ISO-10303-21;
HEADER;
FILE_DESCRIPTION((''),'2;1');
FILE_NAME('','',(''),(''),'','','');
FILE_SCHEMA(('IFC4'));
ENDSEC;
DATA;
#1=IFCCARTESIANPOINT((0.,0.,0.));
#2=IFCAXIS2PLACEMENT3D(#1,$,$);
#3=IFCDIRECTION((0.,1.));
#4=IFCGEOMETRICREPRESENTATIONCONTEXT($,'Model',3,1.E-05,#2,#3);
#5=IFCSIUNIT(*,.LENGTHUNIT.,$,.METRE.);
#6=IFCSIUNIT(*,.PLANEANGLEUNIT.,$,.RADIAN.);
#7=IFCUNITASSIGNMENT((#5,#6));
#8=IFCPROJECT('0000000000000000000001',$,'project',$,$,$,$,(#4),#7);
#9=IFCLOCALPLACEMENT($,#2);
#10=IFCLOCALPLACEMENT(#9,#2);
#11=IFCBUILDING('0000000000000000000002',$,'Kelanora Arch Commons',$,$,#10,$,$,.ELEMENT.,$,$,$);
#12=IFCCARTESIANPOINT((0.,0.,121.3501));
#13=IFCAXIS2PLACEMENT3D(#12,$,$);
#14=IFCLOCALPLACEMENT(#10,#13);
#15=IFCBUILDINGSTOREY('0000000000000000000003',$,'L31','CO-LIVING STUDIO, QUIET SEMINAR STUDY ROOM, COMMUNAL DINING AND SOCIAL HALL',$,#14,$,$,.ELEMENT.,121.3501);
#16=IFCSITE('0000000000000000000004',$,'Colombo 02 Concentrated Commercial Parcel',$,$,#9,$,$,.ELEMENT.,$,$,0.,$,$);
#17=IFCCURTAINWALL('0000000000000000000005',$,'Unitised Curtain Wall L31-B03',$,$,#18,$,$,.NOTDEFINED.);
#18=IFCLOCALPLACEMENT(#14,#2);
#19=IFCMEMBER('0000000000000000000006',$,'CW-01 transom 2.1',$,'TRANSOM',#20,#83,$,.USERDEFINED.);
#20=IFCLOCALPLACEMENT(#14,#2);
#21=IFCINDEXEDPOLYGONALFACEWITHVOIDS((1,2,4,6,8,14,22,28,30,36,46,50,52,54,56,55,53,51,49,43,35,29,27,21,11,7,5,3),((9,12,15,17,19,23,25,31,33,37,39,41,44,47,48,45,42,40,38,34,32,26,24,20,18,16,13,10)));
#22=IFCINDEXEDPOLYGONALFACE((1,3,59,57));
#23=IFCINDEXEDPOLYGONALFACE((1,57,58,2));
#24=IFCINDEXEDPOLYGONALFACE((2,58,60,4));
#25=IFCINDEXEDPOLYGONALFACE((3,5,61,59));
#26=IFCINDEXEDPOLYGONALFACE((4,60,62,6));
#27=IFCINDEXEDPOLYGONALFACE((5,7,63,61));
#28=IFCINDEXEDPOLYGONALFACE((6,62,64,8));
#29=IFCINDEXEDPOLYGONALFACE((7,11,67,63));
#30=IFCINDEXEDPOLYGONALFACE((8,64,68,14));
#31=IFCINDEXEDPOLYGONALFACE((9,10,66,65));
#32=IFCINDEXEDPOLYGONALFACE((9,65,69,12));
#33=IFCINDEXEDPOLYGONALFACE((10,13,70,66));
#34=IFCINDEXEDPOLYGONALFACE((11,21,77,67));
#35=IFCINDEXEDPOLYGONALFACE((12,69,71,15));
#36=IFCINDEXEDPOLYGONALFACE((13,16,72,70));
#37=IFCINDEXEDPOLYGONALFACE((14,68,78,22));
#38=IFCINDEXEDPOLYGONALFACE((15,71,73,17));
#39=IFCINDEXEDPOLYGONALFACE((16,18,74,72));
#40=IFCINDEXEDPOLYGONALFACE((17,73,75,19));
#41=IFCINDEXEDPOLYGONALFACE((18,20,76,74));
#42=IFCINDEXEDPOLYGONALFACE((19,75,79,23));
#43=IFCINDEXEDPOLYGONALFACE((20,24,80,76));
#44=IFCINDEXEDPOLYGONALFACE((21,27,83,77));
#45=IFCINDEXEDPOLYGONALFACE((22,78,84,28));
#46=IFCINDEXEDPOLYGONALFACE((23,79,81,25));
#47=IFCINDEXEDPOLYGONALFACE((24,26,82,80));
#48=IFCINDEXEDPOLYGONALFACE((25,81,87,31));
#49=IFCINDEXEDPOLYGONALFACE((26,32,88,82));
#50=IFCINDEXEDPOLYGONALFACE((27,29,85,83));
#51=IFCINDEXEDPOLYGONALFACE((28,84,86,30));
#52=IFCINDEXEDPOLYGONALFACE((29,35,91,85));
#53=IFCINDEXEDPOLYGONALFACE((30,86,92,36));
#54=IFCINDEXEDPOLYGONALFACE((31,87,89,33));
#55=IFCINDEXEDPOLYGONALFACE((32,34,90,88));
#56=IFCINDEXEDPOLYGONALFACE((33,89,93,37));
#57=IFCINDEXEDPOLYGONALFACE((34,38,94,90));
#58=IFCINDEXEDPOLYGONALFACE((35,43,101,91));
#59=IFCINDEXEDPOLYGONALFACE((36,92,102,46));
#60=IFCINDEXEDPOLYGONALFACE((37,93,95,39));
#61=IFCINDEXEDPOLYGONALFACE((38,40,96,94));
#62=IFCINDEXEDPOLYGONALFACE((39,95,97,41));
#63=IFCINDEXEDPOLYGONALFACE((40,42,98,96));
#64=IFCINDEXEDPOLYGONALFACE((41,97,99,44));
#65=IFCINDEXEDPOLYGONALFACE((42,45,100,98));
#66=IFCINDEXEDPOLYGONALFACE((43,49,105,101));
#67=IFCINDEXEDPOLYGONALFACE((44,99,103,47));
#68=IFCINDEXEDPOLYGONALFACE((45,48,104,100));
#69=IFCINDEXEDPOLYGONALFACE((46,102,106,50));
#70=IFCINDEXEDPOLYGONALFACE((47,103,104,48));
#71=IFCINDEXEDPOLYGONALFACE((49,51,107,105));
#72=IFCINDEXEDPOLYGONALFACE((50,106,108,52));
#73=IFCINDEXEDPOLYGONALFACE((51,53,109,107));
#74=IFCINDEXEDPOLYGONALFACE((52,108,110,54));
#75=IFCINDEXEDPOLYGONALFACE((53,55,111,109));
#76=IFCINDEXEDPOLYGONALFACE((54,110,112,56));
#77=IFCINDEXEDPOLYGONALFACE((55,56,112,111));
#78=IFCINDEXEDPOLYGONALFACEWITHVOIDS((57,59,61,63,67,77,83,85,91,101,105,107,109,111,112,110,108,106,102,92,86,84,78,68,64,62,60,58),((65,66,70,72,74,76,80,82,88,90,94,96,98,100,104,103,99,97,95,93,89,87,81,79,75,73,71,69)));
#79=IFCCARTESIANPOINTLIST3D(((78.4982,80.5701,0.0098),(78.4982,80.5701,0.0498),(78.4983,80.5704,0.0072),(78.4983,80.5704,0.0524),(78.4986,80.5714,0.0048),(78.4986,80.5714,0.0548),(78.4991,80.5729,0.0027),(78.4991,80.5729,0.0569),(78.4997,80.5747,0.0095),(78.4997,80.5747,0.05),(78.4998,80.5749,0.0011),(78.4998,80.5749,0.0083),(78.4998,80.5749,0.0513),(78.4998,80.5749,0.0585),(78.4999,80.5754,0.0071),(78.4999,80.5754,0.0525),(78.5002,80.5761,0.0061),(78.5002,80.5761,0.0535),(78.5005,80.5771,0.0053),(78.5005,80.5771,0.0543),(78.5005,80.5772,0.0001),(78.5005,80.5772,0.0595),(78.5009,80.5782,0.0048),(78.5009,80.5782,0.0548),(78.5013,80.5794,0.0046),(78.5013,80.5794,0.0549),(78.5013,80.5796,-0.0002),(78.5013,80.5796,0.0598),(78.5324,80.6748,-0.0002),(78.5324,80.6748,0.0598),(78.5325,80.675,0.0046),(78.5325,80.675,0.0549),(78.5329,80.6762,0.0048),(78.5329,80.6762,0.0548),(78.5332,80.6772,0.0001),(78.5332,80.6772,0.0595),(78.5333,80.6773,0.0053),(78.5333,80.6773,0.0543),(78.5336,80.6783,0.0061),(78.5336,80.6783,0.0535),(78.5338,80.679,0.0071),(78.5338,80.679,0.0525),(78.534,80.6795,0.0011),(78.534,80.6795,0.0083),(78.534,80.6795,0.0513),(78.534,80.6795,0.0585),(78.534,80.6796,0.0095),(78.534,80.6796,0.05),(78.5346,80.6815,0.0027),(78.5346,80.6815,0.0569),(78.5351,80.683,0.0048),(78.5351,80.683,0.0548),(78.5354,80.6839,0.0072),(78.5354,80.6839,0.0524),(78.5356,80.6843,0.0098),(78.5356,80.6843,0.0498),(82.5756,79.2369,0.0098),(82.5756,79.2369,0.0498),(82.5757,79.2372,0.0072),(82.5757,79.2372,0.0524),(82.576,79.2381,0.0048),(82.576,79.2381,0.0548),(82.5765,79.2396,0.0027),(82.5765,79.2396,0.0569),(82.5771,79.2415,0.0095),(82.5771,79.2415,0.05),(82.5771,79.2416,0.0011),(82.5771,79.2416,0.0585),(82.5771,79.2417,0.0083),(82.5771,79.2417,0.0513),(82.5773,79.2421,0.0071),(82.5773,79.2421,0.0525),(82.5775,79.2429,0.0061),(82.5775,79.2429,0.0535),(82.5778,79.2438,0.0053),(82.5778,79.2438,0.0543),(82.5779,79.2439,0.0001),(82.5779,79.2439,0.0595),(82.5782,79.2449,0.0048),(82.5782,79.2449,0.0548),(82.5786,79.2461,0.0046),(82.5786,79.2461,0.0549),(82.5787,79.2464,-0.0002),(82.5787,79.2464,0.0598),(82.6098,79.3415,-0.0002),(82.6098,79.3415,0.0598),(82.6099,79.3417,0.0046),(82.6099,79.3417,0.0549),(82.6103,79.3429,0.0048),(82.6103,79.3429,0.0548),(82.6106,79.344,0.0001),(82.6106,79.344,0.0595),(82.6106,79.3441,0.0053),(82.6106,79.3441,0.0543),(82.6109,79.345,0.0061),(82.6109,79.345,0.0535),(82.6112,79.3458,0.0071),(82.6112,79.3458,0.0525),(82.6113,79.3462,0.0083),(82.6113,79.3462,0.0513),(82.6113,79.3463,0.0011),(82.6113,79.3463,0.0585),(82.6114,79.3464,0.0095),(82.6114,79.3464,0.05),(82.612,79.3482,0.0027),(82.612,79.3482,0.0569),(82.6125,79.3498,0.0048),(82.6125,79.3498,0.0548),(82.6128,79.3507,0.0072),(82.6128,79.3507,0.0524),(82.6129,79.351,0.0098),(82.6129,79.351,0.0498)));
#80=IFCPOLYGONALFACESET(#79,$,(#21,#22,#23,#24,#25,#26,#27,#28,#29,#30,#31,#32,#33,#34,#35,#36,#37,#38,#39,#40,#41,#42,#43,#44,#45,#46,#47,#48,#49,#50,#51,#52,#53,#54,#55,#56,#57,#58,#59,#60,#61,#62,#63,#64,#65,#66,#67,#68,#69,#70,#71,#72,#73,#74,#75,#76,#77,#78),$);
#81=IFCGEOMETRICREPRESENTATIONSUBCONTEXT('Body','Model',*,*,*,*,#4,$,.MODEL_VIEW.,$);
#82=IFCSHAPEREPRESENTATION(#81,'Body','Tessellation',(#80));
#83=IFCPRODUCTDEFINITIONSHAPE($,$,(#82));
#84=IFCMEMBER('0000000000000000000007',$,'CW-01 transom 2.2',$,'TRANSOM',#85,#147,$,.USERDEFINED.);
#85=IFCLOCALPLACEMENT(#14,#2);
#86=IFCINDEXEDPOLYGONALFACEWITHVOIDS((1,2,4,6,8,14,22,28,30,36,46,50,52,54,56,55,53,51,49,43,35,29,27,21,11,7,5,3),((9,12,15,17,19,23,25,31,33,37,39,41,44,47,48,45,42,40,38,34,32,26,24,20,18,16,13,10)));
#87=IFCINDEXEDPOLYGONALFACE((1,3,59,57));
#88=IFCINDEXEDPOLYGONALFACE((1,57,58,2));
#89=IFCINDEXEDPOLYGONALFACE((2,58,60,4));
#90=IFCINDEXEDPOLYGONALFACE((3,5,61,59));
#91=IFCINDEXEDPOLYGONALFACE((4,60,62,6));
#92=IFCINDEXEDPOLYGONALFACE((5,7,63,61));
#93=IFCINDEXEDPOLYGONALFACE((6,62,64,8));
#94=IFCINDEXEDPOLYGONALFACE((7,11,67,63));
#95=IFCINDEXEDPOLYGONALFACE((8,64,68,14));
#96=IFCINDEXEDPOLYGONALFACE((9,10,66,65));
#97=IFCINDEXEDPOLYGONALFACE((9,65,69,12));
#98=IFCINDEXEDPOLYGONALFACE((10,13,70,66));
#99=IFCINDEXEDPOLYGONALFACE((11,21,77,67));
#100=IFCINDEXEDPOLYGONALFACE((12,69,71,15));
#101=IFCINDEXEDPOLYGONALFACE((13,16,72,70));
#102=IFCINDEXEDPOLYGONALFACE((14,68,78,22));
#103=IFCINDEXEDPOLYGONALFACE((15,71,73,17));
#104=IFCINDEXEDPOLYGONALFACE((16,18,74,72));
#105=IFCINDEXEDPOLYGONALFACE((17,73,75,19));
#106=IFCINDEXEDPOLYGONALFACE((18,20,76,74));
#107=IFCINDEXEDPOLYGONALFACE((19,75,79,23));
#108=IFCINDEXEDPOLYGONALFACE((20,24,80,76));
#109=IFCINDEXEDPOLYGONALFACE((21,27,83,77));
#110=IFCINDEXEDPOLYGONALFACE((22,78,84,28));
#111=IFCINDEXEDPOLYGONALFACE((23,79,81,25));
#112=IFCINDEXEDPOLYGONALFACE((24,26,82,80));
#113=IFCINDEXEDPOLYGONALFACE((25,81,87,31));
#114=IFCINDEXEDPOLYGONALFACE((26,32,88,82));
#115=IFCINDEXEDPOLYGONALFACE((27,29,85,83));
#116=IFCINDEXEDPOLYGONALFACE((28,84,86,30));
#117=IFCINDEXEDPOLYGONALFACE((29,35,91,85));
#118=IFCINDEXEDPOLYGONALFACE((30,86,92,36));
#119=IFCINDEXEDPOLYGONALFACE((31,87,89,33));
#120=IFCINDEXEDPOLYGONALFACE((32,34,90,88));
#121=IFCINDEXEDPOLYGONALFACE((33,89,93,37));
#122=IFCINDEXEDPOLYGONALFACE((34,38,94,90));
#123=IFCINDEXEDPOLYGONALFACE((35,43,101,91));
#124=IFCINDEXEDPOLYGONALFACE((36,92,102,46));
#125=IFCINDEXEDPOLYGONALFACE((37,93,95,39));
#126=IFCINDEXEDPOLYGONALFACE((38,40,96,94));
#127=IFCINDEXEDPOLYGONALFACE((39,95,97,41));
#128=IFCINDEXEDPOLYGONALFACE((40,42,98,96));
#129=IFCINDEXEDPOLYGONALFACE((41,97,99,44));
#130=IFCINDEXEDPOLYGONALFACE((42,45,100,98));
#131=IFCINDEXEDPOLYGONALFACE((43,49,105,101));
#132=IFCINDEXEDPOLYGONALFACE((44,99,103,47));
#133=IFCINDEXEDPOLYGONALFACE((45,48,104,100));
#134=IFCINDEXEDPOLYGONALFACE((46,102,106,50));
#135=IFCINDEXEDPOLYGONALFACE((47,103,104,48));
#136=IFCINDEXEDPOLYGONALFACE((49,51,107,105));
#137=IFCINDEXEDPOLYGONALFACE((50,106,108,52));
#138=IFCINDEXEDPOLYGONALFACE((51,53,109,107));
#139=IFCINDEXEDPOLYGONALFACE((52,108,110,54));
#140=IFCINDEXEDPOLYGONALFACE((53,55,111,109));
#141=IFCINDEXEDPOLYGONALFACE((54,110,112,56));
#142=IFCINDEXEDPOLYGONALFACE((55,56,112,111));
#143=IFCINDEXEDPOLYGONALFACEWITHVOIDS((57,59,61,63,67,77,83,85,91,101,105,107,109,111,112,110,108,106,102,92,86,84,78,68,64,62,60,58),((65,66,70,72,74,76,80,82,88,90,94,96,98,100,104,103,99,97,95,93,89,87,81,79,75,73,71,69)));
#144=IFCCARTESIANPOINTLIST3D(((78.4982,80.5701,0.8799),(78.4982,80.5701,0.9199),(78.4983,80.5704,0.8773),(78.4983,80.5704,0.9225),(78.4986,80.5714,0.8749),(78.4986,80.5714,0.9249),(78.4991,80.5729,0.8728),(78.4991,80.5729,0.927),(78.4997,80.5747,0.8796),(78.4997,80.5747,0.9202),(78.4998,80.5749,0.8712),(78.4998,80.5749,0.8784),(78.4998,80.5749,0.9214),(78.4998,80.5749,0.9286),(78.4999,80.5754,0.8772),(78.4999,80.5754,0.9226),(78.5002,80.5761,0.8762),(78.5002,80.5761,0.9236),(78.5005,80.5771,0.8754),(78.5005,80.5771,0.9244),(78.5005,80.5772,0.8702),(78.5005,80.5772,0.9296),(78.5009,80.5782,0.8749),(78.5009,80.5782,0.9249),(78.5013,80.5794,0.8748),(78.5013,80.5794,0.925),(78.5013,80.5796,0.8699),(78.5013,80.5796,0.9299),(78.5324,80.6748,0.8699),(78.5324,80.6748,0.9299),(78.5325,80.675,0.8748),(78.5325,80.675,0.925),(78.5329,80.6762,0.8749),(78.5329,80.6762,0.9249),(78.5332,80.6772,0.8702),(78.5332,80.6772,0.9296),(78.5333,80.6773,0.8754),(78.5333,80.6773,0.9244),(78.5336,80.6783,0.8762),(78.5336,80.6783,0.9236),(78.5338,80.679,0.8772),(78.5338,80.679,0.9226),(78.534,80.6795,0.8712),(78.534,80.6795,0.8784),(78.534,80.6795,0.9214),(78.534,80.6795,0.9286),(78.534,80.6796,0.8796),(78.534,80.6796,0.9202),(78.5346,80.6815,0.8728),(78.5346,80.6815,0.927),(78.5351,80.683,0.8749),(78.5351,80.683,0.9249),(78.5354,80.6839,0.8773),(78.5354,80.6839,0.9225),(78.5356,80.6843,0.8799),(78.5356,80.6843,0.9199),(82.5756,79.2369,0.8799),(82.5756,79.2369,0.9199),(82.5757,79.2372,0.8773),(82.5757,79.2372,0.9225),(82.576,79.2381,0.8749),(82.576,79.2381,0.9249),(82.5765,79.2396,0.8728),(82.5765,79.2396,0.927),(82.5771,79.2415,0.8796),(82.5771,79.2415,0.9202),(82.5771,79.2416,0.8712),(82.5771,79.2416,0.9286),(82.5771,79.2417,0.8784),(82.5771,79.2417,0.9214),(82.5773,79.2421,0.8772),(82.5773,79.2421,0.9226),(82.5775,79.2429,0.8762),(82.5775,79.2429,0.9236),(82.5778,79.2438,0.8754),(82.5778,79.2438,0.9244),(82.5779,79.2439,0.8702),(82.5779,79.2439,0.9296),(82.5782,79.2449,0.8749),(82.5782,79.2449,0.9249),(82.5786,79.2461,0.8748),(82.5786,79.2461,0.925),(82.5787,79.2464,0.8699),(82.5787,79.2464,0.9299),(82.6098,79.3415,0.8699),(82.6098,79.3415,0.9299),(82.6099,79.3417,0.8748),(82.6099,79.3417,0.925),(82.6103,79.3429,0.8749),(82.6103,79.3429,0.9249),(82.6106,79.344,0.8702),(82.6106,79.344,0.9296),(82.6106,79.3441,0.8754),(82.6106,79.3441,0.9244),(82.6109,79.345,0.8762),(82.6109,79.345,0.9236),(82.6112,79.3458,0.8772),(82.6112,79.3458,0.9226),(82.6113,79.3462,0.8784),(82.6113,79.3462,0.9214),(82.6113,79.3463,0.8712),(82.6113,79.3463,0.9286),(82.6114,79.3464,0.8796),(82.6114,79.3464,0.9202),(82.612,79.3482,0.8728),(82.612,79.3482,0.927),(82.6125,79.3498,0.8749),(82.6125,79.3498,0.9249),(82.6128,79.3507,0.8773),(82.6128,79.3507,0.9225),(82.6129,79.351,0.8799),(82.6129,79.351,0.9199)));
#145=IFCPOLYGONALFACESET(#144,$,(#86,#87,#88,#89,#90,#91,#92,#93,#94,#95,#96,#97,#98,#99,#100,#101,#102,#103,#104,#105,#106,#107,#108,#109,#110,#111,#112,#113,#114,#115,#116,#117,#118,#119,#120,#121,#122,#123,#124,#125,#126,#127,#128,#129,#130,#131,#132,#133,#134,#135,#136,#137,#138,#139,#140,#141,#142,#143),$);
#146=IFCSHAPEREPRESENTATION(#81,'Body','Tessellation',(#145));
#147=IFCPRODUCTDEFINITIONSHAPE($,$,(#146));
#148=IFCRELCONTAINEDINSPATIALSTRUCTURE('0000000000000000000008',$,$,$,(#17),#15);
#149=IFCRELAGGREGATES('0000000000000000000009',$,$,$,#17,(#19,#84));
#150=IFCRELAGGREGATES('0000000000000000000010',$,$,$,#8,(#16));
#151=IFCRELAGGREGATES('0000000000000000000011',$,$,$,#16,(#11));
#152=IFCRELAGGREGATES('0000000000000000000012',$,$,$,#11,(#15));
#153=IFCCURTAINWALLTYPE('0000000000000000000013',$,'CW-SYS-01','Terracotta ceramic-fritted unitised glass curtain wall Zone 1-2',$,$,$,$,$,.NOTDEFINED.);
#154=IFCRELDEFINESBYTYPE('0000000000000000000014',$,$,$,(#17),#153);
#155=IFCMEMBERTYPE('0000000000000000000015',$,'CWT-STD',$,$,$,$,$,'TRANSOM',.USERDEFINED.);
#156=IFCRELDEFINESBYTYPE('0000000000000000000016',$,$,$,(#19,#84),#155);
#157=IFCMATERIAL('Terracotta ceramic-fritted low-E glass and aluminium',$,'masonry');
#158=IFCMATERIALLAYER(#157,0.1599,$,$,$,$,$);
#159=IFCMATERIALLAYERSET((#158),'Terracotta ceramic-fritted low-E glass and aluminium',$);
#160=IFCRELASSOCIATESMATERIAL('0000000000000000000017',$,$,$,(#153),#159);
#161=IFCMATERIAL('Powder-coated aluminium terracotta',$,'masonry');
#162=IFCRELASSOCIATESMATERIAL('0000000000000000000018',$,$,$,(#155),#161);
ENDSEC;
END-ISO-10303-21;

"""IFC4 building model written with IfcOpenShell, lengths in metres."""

from ifc_helpers import new_model, si_unit, direction, frame, origin, origin_2d, place, context, subcontext, project, spatial, hollow_rectangle, extrude, material, layer, layer_set, material_profile, profile_set, type_object, element, aggregate, save


model = new_model("IFC4")

# Units and contexts
model_context = context("Model", 3, precision=1e-05, world=origin(), true_north=direction((0.0, 1.0)))
body_context = subcontext(model_context, "Body", "Model", "MODEL_VIEW")
ifc_project = project(units=[si_unit("LENGTHUNIT", "METRE"), si_unit("PLANEANGLEUNIT", "RADIAN")], contexts=[model_context])

# Site, building, storey
site_placement = place(None, origin())
site = spatial("IfcSite", under=ifc_project, at=site_placement, Name="Colombo 02 Concentrated Commercial Parcel", CompositionType="ELEMENT", RefElevation=0.0)
building_placement = place(site_placement, origin())
building = spatial("IfcBuilding", under=site, at=building_placement, Name="Kelanora Arch Commons", CompositionType="ELEMENT")
storey_placement = place(building_placement, frame((0.0, 0.0, 121.3501)))
storey = spatial("IfcBuildingStorey", under=building, at=storey_placement, Name="L31", Description="CO-LIVING STUDIO, QUIET SEMINAR STUDY ROOM, COMMUNAL DINING AND SOCIAL HALL", CompositionType="ELEMENT", Elevation=121.3501)

# Curtain wall, members
ifc_material_1 = material(Name="Terracotta ceramic-fritted low-E glass and aluminium", Category="masonry")
ifc_layer_1 = layer(ifc_material_1, 0.1599)
ifc_layer_set_1 = layer_set([ifc_layer_1], Name="Terracotta ceramic-fritted low-E glass and aluminium")
curtain_wall_type = type_object("IfcCurtainWallType", Name="CW-SYS-01", Description="Terracotta ceramic-fritted unitised glass curtain wall Zone 1-2", PredefinedType="NOTDEFINED", material=ifc_layer_set_1)
curtain_wall_placement = place(storey_placement, origin())
curtain_wall = element("IfcCurtainWall", 1, at=curtain_wall_placement, inside=storey, type_object=curtain_wall_type, Name="Unitised Curtain Wall L31-B03", PredefinedType="NOTDEFINED")
ifc_material_2 = material(Name="Powder-coated aluminium terracotta", Category="masonry")
ifc_material_profile_1 = material_profile(ifc_material_2, hollow_rectangle(XDim=0.1201, YDim=0.0601, WallThickness=0.0049, InnerFilletRadius=0.0049, OuterFilletRadius=0.01, at=origin_2d()), Name="CWT120x60")
ifc_profile_set_1 = profile_set([ifc_material_profile_1], Name="Powder-coated aluminium terracotta")
member_type_1 = type_object("IfcMemberType", Name="CWT-STD", ElementType="TRANSOM", PredefinedType="USERDEFINED", material=ifc_profile_set_1)
member_1_placement = place(storey_placement, frame((82.5942, 79.2939, 0.0298), z_axis=(-0.950478, 0.310793, 0.0), x_axis=(-0.310793, -0.950478, 0.0)))
member_1 = element("IfcMember", 2, at=member_1_placement, type_object=member_type_1, Name="CW-01 transom 2.1", ObjectType="TRANSOM", PredefinedType="USERDEFINED", context=body_context, shape_type="SweptSolid", body=[
    extrude(hollow_rectangle(XDim=0.1201, YDim=0.0601, WallThickness=0.0049, InnerFilletRadius=0.0049, OuterFilletRadius=0.01, at=origin_2d()), origin(), (0.0, 0.0, 1.0), 4.2898),
])
member_2_placement = place(storey_placement, frame((82.5942, 79.2939, 0.8999), z_axis=(-0.950478, 0.310793, 0.0), x_axis=(-0.310793, -0.950478, 0.0)))
member_2 = element("IfcMember", 3, at=member_2_placement, type_object=member_type_1, Name="CW-01 transom 2.2", ObjectType="TRANSOM", PredefinedType="USERDEFINED", context=body_context, shape_type="SweptSolid", body=[
    extrude(hollow_rectangle(XDim=0.1201, YDim=0.0601, WallThickness=0.0049, InnerFilletRadius=0.0049, OuterFilletRadius=0.01, at=origin_2d()), origin(), (0.0, 0.0, 1.0), 4.2898),
])
aggregate(curtain_wall, [member_1, member_2])

save(model, "model.ifc")
